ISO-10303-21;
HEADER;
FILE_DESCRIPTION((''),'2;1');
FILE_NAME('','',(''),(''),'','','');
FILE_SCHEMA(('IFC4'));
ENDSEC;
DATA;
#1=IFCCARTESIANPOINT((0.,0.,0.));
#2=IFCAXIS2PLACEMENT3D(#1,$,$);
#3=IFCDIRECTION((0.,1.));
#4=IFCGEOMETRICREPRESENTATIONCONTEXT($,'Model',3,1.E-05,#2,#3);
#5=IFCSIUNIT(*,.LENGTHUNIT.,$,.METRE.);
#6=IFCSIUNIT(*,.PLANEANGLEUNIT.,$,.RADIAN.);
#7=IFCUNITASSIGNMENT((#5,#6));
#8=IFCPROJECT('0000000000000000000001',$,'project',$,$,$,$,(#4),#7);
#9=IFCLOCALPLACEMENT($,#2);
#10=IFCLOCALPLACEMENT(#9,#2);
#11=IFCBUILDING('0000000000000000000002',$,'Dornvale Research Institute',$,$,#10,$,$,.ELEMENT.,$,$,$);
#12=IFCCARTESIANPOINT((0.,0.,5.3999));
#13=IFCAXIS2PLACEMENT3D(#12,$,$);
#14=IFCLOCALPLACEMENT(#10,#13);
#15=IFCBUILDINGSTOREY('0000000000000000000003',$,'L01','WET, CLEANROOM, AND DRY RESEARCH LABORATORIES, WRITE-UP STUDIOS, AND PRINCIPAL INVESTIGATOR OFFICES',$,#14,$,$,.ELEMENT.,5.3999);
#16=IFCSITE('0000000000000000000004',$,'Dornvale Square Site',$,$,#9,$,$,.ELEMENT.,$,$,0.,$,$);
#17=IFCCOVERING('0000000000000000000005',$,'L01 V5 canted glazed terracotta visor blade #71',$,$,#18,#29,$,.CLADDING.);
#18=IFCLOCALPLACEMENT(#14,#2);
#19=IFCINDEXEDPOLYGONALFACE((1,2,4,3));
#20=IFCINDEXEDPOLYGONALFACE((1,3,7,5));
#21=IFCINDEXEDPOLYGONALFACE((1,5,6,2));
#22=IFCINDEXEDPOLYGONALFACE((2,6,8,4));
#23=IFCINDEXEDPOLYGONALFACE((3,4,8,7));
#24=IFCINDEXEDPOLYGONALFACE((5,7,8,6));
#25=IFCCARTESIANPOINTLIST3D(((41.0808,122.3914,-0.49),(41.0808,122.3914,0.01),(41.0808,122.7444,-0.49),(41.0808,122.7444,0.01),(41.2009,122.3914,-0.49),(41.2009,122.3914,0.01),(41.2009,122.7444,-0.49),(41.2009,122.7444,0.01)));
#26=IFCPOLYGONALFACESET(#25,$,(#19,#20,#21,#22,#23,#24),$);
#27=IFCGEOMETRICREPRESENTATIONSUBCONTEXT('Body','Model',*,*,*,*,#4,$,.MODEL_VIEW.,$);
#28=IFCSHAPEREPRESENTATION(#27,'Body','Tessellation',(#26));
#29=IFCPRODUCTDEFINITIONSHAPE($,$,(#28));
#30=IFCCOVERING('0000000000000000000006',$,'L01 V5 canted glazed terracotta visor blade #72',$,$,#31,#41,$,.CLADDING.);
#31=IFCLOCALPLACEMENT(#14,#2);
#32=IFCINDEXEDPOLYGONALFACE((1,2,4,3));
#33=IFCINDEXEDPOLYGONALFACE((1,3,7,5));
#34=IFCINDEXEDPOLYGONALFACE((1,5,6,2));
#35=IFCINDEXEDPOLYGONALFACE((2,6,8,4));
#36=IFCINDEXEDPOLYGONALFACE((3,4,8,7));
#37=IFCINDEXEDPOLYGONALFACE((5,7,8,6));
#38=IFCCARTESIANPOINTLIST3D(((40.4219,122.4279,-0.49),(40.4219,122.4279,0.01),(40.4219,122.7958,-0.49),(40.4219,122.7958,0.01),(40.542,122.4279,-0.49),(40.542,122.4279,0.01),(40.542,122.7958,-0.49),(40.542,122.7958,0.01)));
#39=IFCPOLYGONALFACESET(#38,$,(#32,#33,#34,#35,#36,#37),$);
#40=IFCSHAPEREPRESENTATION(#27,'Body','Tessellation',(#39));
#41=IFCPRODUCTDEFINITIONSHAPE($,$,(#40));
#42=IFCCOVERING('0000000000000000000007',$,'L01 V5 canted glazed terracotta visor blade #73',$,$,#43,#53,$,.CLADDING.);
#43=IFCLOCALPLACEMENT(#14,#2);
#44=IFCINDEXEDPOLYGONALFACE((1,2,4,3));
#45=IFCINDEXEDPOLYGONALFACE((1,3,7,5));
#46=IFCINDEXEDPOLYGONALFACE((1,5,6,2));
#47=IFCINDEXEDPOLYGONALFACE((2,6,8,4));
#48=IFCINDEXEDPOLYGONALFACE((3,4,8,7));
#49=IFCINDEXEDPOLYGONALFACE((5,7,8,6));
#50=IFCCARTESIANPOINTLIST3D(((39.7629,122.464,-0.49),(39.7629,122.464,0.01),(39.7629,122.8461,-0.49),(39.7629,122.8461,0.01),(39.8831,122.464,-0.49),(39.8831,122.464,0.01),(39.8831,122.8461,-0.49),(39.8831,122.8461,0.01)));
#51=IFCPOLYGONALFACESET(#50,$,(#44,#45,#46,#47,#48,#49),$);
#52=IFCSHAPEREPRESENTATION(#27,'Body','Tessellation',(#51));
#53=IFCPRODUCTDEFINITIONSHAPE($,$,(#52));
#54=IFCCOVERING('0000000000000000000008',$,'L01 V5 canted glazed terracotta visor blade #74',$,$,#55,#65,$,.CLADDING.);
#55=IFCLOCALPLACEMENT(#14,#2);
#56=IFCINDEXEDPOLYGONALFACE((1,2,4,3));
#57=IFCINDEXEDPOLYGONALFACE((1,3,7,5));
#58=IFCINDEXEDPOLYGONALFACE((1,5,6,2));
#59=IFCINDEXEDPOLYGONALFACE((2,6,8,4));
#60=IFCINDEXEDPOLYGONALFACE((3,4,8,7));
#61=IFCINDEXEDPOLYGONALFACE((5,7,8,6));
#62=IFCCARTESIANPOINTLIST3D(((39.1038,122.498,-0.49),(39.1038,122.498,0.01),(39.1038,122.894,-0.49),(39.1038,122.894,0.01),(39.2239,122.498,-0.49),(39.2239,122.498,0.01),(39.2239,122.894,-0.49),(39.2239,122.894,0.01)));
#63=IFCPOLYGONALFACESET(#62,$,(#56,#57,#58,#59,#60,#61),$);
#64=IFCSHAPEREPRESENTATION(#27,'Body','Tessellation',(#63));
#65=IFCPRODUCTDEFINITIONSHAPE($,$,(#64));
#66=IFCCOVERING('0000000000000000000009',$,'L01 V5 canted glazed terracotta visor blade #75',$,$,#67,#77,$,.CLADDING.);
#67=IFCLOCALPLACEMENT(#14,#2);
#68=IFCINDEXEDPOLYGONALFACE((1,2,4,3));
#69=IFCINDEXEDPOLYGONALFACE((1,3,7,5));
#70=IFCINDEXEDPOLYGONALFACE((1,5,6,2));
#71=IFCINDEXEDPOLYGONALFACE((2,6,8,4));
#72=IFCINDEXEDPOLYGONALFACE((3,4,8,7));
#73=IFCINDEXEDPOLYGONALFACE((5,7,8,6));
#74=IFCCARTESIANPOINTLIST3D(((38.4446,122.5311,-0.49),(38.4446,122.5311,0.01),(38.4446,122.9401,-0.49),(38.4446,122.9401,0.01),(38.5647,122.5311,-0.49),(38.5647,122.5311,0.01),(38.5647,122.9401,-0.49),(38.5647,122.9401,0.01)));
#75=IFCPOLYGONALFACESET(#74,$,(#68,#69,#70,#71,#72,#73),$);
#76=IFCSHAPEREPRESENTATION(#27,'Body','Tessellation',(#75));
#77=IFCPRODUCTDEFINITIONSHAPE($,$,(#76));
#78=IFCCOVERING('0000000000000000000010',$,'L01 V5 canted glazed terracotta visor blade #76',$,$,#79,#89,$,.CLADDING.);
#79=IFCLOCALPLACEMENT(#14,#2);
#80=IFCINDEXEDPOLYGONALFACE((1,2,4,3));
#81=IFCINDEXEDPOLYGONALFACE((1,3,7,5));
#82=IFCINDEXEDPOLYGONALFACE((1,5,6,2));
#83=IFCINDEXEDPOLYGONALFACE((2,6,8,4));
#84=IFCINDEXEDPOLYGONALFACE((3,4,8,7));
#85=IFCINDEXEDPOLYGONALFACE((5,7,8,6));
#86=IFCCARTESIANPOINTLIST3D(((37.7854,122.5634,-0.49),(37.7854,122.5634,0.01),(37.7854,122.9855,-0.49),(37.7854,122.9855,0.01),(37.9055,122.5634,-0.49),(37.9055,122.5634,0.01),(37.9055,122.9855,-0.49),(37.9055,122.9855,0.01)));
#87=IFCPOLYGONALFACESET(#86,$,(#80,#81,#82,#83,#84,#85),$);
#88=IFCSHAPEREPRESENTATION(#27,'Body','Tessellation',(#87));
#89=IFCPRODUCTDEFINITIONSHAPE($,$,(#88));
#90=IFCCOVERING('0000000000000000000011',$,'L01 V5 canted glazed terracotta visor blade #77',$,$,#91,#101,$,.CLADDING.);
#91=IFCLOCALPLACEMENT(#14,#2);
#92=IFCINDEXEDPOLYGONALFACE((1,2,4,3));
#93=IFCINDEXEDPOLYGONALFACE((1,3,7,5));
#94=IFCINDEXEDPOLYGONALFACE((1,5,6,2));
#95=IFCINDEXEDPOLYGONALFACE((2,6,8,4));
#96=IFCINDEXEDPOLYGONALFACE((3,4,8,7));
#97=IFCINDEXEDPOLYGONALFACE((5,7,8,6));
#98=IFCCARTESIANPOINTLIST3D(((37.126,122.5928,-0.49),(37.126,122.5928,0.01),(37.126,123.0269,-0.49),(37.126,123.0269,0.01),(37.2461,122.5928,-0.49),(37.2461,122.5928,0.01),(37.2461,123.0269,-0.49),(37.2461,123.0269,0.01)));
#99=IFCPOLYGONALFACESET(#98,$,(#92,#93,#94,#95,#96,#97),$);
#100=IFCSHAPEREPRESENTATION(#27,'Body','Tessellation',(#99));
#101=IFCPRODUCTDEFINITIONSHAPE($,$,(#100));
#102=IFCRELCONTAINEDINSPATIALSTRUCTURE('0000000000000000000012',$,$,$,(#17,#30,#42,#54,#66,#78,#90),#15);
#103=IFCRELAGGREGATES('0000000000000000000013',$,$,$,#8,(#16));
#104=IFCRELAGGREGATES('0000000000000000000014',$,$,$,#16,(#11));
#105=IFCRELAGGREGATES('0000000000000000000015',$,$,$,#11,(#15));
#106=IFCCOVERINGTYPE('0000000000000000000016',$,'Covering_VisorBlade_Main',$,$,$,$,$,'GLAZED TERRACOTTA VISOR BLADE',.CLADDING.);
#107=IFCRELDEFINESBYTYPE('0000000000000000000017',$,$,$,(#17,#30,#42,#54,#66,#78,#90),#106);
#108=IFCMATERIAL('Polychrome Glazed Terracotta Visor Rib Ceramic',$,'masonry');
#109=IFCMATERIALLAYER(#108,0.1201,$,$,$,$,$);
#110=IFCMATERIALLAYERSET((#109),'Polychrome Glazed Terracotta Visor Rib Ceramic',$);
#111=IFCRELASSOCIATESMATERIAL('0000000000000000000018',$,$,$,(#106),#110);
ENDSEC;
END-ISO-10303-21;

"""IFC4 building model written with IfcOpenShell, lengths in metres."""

from ifc_helpers import new_model, si_unit, direction, frame, origin, origin_2d, place, context, subcontext, project, spatial, rectangle, extrude, material, layer, layer_set, type_object, element, save


model = new_model("IFC4")

# Units and contexts
model_context = context("Model", 3, precision=1e-05, world=origin(), true_north=direction((0.0, 1.0)))
body_context = subcontext(model_context, "Body", "Model", "MODEL_VIEW")
ifc_project = project(units=[si_unit("LENGTHUNIT", "METRE"), si_unit("PLANEANGLEUNIT", "RADIAN")], contexts=[model_context])

# Site, building, storey
site_placement = place(None, origin())
site = spatial("IfcSite", under=ifc_project, at=site_placement, Name="Dornvale Square Site", CompositionType="ELEMENT", RefElevation=0.0)
building_placement = place(site_placement, origin())
building = spatial("IfcBuilding", under=site, at=building_placement, Name="Dornvale Research Institute", CompositionType="ELEMENT")
storey_placement = place(building_placement, frame((0.0, 0.0, 5.3999)))
storey = spatial("IfcBuildingStorey", under=building, at=storey_placement, Name="L01", Description="WET, CLEANROOM, AND DRY RESEARCH LABORATORIES, WRITE-UP STUDIOS, AND PRINCIPAL INVESTIGATOR OFFICES", CompositionType="ELEMENT", Elevation=5.3999)

# Coverings
ifc_material_1 = material(Name="Polychrome Glazed Terracotta Visor Rib Ceramic", Category="masonry")
ifc_layer_1 = layer(ifc_material_1, 0.1201)
ifc_layer_set_1 = layer_set([ifc_layer_1], Name="Polychrome Glazed Terracotta Visor Rib Ceramic")
covering_type = type_object("IfcCoveringType", Name="Covering_VisorBlade_Main", ElementType="GLAZED TERRACOTTA VISOR BLADE", PredefinedType="CLADDING", material=ifc_layer_set_1)
covering_1_placement = place(storey_placement, frame((41.1409, 122.5679, -0.49), z_axis=(0.0, 0.0, 1.0), x_axis=(0.0, 1.0, 0.0)))
element("IfcCovering", 1, at=covering_1_placement, inside=storey, type_object=covering_type, Name="L01 V5 canted glazed terracotta visor blade #71", PredefinedType="CLADDING", context=body_context, shape_type="SweptSolid", body=[
    extrude(rectangle(XDim=0.353, YDim=0.1201, at=origin_2d()), origin(), (0.0, 0.0, 1.0), 0.5),
])
covering_2_placement = place(storey_placement, frame((40.4819, 122.6118, -0.49), z_axis=(0.0, 0.0, 1.0), x_axis=(0.0, 1.0, 0.0)))
element("IfcCovering", 2, at=covering_2_placement, inside=storey, type_object=covering_type, Name="L01 V5 canted glazed terracotta visor blade #72", PredefinedType="CLADDING", context=body_context, shape_type="SweptSolid", body=[
    extrude(rectangle(XDim=0.3679, YDim=0.1201, at=origin_2d()), origin(), (0.0, 0.0, 1.0), 0.5),
])
covering_3_placement = place(storey_placement, frame((39.823, 122.655, -0.49), z_axis=(0.0, 0.0, 1.0), x_axis=(0.0, 1.0, 0.0)))
element("IfcCovering", 3, at=covering_3_placement, inside=storey, type_object=covering_type, Name="L01 V5 canted glazed terracotta visor blade #73", PredefinedType="CLADDING", context=body_context, shape_type="SweptSolid", body=[
    extrude(rectangle(XDim=0.3821, YDim=0.1201, at=origin_2d()), origin(), (0.0, 0.0, 1.0), 0.5),
])
covering_4_placement = place(storey_placement, frame((39.1638, 122.696, -0.49), z_axis=(0.0, 0.0, 1.0), x_axis=(0.0, 1.0, 0.0)))
element("IfcCovering", 4, at=covering_4_placement, inside=storey, type_object=covering_type, Name="L01 V5 canted glazed terracotta visor blade #74", PredefinedType="CLADDING", context=body_context, shape_type="SweptSolid", body=[
    extrude(rectangle(XDim=0.396, YDim=0.1201, at=origin_2d()), origin(), (0.0, 0.0, 1.0), 0.5),
])
covering_5_placement = place(storey_placement, frame((38.5046, 122.7356, -0.49), z_axis=(0.0, 0.0, 1.0), x_axis=(0.0, 1.0, 0.0)))
element("IfcCovering", 5, at=covering_5_placement, inside=storey, type_object=covering_type, Name="L01 V5 canted glazed terracotta visor blade #75", PredefinedType="CLADDING", context=body_context, shape_type="SweptSolid", body=[
    extrude(rectangle(XDim=0.4089, YDim=0.1201, at=origin_2d()), origin(), (0.0, 0.0, 1.0), 0.5),
])
covering_6_placement = place(storey_placement, frame((37.8455, 122.7744, -0.49), z_axis=(0.0, 0.0, 1.0), x_axis=(0.0, 1.0, 0.0)))
element("IfcCovering", 6, at=covering_6_placement, inside=storey, type_object=covering_type, Name="L01 V5 canted glazed terracotta visor blade #76", PredefinedType="CLADDING", context=body_context, shape_type="SweptSolid", body=[
    extrude(rectangle(XDim=0.4221, YDim=0.1201, at=origin_2d()), origin(), (0.0, 0.0, 1.0), 0.5),
])
covering_7_placement = place(storey_placement, frame((37.186, 122.8098, -0.49), z_axis=(0.0, 0.0, 1.0), x_axis=(0.0, 1.0, 0.0)))
element("IfcCovering", 7, at=covering_7_placement, inside=storey, type_object=covering_type, Name="L01 V5 canted glazed terracotta visor blade #77", PredefinedType="CLADDING", context=body_context, shape_type="SweptSolid", body=[
    extrude(rectangle(XDim=0.4341, YDim=0.1201, at=origin_2d()), origin(), (0.0, 0.0, 1.0), 0.5),
])

save(model, "model.ifc")
